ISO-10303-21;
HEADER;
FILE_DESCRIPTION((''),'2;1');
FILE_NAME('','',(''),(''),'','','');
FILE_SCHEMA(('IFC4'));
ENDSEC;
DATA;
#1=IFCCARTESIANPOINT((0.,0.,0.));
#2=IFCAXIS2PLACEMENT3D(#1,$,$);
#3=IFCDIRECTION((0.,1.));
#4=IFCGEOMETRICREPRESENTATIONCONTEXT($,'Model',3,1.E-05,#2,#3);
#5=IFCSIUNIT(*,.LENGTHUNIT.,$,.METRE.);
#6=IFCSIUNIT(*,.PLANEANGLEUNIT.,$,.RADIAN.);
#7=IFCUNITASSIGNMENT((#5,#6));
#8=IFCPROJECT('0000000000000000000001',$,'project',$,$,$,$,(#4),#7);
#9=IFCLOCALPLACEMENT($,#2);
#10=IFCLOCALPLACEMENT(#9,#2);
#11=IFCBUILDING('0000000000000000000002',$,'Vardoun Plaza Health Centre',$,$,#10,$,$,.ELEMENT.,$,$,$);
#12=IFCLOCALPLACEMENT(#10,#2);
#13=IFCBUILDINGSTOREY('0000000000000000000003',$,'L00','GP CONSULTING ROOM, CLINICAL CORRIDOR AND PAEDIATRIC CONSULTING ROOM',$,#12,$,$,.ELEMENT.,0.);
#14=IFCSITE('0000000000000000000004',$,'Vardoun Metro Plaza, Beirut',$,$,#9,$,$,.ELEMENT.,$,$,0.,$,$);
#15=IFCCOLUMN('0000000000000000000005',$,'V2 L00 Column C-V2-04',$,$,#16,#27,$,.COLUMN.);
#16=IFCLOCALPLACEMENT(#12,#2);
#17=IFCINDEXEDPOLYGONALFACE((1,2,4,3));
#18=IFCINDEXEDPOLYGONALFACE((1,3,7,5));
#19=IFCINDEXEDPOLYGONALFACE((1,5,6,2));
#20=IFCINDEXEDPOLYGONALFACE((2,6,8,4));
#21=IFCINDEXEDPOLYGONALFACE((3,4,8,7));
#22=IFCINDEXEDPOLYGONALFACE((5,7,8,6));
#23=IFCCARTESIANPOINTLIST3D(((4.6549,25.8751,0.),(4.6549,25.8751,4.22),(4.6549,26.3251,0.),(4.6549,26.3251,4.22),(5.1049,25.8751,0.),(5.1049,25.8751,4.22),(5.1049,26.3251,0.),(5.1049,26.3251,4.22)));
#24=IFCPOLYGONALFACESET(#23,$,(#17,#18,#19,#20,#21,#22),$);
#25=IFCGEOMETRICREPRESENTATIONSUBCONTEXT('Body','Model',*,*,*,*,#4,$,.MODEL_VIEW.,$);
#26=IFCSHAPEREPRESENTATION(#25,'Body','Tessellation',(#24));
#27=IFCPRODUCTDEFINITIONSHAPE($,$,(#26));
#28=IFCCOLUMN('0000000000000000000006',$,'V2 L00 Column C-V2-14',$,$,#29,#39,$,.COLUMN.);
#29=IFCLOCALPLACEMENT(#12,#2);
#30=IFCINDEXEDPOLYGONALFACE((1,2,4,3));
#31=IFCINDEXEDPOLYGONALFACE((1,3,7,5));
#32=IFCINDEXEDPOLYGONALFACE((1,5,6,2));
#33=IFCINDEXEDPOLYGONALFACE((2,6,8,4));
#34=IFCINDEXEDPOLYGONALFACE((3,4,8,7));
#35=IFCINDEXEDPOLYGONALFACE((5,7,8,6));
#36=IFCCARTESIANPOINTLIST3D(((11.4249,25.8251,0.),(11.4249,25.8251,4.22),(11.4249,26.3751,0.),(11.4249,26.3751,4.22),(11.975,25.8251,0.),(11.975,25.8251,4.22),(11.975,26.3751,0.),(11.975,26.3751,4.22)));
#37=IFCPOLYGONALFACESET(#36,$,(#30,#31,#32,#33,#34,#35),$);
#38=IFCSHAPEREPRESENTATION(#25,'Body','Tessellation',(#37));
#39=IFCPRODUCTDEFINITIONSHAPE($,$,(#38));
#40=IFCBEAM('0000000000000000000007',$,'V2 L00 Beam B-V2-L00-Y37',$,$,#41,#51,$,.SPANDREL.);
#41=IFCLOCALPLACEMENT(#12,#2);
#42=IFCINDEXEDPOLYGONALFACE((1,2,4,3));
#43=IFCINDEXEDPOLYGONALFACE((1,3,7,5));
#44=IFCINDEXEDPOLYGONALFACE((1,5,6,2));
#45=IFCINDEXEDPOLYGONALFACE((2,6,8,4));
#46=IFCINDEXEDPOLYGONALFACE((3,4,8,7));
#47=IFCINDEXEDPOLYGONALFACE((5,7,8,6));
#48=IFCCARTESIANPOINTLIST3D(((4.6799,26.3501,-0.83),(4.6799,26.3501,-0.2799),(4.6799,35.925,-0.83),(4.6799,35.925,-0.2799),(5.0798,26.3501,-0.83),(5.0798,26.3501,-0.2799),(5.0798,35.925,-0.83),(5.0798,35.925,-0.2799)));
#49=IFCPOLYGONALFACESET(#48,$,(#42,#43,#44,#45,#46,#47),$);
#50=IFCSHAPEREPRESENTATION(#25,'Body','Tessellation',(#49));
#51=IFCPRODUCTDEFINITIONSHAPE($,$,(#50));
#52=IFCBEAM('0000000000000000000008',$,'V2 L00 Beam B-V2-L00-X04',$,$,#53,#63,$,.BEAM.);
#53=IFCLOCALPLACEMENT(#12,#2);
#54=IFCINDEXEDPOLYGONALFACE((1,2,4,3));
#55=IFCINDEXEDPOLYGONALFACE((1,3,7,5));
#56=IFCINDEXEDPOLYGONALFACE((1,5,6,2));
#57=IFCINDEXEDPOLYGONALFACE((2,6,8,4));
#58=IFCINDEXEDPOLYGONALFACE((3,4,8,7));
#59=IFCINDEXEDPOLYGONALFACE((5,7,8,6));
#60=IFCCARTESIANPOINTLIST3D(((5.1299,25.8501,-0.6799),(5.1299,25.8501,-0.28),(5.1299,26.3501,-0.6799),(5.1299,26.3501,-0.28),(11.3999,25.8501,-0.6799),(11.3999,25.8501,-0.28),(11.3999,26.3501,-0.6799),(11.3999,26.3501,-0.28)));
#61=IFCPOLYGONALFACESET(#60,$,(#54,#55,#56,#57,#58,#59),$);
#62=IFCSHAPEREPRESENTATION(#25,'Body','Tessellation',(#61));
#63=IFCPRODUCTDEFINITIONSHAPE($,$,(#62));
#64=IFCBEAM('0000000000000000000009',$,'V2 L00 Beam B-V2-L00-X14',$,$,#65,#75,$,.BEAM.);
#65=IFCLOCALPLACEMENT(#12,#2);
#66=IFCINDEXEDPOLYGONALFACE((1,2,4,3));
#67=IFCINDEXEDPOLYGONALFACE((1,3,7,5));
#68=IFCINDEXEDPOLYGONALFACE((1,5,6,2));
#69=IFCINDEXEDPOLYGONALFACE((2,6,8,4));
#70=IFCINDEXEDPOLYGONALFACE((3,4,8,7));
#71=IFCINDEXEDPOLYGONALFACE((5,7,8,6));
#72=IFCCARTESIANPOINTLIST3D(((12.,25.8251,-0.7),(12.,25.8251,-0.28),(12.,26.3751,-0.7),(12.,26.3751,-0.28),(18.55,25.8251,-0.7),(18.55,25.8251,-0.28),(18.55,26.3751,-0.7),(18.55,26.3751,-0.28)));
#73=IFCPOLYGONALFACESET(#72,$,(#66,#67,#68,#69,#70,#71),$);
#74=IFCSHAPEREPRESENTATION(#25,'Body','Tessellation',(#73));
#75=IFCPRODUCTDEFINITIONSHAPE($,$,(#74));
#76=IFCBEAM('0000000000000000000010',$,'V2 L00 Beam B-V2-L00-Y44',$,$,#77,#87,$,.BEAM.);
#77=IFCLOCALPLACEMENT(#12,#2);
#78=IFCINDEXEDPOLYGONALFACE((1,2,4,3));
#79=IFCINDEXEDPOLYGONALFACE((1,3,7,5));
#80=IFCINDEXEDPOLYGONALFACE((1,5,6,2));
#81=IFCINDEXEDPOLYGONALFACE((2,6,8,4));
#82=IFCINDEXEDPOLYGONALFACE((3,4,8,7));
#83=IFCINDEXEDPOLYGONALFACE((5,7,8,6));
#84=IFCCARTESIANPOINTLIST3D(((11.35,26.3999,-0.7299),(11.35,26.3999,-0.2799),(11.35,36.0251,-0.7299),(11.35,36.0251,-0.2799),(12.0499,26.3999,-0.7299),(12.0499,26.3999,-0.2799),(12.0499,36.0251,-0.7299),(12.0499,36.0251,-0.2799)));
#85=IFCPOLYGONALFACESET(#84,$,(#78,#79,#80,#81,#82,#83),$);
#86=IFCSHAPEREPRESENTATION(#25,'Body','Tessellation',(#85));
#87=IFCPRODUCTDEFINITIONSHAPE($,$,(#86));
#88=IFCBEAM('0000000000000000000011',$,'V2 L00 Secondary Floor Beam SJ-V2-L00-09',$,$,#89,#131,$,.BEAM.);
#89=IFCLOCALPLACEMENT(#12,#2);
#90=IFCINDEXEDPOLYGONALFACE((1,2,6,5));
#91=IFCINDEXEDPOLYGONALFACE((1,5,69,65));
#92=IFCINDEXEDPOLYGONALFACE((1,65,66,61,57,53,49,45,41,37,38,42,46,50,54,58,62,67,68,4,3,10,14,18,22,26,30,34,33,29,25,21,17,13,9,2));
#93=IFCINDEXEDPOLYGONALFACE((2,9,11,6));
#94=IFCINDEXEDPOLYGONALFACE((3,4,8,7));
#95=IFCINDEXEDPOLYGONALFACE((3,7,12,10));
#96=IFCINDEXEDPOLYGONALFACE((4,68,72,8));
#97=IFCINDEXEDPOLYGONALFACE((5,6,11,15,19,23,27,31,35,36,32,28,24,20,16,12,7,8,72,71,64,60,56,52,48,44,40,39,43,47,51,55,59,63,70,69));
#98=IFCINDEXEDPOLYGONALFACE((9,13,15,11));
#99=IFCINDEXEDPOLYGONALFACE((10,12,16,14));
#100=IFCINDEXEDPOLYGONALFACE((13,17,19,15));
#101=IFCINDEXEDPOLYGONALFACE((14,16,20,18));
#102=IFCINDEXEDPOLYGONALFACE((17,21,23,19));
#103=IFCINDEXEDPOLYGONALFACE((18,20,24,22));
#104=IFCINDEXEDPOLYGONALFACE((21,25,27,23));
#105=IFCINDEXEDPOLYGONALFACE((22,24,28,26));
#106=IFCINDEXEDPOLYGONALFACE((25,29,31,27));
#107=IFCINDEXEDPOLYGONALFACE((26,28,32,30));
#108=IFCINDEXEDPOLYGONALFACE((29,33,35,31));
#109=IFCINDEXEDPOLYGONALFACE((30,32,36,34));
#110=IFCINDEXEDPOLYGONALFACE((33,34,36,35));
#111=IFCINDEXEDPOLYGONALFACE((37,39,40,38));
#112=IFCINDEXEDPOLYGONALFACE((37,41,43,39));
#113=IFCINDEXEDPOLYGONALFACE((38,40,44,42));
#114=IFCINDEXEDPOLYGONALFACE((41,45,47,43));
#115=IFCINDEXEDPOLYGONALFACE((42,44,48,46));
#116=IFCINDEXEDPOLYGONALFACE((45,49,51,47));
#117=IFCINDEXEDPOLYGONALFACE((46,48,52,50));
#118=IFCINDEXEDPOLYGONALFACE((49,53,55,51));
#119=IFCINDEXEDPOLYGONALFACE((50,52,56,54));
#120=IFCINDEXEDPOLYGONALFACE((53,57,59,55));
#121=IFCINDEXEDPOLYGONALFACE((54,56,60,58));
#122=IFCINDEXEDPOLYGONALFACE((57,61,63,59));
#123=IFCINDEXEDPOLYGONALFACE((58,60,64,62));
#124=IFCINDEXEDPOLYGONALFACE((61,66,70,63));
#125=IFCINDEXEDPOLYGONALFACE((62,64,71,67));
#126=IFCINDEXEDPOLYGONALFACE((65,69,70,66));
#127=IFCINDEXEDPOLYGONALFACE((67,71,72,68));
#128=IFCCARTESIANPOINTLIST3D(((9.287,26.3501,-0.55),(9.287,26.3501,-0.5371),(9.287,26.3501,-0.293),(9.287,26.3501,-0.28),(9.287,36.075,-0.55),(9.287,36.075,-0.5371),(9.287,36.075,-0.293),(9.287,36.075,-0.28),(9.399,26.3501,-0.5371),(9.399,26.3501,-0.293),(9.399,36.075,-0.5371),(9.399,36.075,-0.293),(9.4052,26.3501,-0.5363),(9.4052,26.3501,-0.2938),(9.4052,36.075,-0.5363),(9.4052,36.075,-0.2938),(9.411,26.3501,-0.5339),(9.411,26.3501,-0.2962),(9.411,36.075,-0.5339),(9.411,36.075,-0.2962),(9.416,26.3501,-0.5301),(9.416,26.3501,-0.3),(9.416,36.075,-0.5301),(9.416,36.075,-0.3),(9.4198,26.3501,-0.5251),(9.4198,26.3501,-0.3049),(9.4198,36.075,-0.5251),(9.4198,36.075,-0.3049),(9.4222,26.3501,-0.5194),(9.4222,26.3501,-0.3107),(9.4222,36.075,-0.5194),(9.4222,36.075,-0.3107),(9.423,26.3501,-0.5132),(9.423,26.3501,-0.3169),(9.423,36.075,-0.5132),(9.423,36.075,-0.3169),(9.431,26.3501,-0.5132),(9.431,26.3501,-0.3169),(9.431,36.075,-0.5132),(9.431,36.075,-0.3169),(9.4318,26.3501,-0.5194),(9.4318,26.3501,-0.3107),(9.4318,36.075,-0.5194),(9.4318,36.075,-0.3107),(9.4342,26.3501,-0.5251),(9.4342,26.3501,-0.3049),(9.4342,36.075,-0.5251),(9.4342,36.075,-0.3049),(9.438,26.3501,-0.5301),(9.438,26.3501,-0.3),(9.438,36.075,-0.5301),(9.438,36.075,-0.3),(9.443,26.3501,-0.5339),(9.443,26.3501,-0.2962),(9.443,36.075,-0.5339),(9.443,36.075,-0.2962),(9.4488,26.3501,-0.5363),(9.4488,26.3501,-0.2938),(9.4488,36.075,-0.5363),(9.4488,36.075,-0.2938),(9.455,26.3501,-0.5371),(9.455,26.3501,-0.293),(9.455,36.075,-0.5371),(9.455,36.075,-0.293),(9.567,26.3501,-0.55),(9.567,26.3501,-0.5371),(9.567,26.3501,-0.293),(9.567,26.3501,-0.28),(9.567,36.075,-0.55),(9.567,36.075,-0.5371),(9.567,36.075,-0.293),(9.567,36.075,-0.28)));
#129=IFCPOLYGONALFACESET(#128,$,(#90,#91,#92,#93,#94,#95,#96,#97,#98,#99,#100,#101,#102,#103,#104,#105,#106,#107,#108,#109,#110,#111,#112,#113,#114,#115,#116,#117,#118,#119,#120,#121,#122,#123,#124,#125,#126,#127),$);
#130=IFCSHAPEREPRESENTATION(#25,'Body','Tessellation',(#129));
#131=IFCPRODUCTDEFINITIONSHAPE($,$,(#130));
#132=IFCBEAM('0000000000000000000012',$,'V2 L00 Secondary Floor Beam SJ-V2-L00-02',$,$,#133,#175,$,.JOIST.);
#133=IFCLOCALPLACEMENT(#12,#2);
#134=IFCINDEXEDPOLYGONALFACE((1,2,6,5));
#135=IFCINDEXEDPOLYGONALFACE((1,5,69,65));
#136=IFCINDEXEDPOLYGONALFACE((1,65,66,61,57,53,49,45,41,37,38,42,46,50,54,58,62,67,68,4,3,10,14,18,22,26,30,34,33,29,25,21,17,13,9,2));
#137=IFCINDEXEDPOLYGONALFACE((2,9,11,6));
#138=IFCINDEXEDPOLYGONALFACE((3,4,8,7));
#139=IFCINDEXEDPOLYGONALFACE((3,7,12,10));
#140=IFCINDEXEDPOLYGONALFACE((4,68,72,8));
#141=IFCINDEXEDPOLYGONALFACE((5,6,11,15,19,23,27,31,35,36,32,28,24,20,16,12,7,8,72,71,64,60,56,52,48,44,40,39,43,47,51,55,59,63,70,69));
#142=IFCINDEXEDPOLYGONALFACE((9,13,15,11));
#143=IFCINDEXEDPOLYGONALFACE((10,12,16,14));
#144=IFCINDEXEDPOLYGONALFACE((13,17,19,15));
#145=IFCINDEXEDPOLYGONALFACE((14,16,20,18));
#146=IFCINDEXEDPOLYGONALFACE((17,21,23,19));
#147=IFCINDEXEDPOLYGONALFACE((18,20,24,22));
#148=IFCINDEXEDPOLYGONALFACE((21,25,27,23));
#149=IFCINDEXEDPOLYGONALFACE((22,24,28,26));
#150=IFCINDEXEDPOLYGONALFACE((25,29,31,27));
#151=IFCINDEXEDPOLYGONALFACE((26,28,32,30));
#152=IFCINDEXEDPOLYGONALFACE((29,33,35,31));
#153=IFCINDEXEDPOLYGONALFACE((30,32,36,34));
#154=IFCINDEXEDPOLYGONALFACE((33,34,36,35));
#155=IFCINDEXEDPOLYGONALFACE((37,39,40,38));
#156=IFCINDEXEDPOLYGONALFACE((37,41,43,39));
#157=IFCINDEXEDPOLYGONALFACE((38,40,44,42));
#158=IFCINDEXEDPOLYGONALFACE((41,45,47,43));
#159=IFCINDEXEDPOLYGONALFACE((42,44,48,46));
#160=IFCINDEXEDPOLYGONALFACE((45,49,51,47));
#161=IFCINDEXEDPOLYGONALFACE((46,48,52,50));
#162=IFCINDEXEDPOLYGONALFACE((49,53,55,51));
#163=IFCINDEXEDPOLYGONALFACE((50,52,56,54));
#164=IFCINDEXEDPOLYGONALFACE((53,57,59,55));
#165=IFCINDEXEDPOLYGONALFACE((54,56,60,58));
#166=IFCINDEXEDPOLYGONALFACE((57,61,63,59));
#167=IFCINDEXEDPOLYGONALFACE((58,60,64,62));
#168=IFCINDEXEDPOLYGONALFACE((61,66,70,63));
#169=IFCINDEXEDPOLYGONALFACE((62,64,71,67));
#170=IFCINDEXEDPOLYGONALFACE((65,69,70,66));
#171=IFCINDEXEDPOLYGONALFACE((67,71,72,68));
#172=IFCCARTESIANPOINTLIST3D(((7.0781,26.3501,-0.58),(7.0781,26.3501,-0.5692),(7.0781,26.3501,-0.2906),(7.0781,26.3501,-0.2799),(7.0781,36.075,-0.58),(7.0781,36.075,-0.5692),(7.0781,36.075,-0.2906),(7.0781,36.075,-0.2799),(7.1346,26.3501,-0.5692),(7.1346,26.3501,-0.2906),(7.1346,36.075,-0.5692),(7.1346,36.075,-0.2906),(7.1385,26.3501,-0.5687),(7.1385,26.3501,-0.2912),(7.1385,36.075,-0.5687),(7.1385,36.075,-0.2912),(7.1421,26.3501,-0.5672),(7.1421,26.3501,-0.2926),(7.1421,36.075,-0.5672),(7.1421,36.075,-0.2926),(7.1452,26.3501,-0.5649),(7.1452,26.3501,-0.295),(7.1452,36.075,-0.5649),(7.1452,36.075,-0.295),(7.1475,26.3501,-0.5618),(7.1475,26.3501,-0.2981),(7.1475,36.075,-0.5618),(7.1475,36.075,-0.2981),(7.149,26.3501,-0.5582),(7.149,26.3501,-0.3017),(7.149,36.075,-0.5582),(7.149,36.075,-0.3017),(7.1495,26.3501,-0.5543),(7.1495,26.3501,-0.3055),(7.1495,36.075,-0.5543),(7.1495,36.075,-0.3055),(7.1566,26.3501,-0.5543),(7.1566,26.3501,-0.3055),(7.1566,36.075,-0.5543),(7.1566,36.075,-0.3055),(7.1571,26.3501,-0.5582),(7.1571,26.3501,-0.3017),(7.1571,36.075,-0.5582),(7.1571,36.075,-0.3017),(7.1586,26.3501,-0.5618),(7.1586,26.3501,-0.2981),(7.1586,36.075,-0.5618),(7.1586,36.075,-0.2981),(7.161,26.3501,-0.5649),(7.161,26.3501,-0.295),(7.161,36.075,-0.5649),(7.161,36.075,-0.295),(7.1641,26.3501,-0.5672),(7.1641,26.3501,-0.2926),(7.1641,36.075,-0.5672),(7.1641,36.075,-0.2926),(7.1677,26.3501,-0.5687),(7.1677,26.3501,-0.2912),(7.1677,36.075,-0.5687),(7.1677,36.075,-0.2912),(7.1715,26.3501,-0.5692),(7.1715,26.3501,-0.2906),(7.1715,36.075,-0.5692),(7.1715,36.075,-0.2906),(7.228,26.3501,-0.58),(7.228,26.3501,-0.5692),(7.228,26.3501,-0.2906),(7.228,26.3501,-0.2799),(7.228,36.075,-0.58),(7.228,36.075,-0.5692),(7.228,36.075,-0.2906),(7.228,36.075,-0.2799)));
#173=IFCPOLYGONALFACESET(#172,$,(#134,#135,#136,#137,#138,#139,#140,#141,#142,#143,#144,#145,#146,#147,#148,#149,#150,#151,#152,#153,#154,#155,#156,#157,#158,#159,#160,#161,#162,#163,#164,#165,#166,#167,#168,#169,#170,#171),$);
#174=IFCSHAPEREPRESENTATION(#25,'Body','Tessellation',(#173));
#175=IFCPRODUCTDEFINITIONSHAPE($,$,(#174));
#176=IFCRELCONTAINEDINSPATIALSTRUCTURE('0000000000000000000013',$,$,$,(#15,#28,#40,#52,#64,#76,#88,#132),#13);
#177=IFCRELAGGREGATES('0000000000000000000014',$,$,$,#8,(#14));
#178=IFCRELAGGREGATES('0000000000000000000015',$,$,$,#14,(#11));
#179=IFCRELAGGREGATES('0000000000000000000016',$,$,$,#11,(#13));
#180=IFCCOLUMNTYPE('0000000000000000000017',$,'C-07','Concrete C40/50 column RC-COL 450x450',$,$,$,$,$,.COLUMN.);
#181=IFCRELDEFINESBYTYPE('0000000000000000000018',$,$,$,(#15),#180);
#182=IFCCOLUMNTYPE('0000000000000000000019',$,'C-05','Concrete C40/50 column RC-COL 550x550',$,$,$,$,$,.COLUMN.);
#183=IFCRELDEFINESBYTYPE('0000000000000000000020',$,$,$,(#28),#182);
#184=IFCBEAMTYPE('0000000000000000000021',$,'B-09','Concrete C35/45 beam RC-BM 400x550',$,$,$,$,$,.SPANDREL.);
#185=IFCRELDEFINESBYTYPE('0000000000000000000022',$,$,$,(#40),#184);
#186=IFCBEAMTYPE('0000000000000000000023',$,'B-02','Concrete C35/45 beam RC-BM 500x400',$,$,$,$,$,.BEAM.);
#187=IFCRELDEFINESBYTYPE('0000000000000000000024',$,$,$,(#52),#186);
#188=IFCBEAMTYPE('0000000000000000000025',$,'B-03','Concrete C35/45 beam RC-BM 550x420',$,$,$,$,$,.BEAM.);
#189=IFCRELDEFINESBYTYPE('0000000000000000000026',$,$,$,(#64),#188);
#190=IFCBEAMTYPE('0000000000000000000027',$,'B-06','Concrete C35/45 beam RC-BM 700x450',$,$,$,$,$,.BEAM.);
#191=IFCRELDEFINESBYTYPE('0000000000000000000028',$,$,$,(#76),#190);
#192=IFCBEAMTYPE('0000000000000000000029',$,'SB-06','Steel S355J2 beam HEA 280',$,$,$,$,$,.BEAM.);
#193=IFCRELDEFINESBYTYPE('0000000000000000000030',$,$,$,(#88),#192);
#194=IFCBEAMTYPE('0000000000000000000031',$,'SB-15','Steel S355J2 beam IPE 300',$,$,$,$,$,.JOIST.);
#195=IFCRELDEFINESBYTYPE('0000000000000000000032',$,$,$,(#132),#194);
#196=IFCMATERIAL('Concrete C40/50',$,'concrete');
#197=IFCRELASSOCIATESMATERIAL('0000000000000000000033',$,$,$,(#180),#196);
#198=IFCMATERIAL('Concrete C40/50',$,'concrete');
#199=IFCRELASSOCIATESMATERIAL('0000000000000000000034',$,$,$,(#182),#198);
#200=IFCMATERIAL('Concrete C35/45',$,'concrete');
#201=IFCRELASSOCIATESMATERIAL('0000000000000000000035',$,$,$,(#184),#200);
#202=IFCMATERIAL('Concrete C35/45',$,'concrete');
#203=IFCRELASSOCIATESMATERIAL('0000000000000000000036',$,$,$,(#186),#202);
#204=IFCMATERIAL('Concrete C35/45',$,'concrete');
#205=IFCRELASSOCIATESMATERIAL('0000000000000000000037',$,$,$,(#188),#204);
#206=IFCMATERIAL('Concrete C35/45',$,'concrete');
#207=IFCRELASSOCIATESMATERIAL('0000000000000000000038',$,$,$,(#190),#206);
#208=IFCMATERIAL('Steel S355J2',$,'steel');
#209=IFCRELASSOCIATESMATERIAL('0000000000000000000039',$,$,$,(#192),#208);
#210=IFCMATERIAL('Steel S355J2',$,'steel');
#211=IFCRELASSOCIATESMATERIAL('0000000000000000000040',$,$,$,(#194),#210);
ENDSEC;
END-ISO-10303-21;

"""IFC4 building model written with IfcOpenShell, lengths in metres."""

from ifc_helpers import new_model, si_unit, direction, frame, origin, origin_2d, place, context, subcontext, project, spatial, rectangle, i_section, extrude, material, material_profile, profile_set, type_object, element, save


model = new_model("IFC4")

# Units and contexts
model_context = context("Model", 3, precision=1e-05, world=origin(), true_north=direction((0.0, 1.0)))
body_context = subcontext(model_context, "Body", "Model", "MODEL_VIEW")
ifc_project = project(units=[si_unit("LENGTHUNIT", "METRE"), si_unit("PLANEANGLEUNIT", "RADIAN")], contexts=[model_context])

# Site, building, storey
site_placement = place(None, origin())
site = spatial("IfcSite", under=ifc_project, at=site_placement, Name="Vardoun Metro Plaza, Beirut", CompositionType="ELEMENT", RefElevation=0.0)
building_placement = place(site_placement, origin())
building = spatial("IfcBuilding", under=site, at=building_placement, Name="Vardoun Plaza Health Centre", CompositionType="ELEMENT")
storey_placement = place(building_placement, origin())
storey = spatial("IfcBuildingStorey", under=building, at=storey_placement, Name="L00", Description="GP CONSULTING ROOM, CLINICAL CORRIDOR AND PAEDIATRIC CONSULTING ROOM", CompositionType="ELEMENT", Elevation=0.0)

# Columns
ifc_material_1 = material(Name="Concrete C40/50", Category="concrete")
ifc_material_profile_1 = material_profile(ifc_material_1, rectangle(XDim=0.45, YDim=0.45, at=origin_2d()), Name="RC-COL 450x450")
ifc_profile_set_1 = profile_set([ifc_material_profile_1], Name="Concrete C40/50")
column_type_1 = type_object("IfcColumnType", Name="C-07", Description="Concrete C40/50 column RC-COL 450x450", PredefinedType="COLUMN", material=ifc_profile_set_1)
column_1_placement = place(storey_placement, frame((4.8799, 26.1001, 0.0), z_axis=(0.0, 0.0, 1.0), x_axis=(1.0, 0.0, 0.0)))
element("IfcColumn", 1, at=column_1_placement, inside=storey, type_object=column_type_1, Name="V2 L00 Column C-V2-04", PredefinedType="COLUMN", context=body_context, shape_type="SweptSolid", body=[
    extrude(rectangle(XDim=0.45, YDim=0.45, at=origin_2d()), origin(), (0.0, 0.0, 1.0), 4.22),
])
ifc_material_2 = material(Name="Concrete C40/50", Category="concrete")
ifc_material_profile_2 = material_profile(ifc_material_2, rectangle(XDim=0.55, YDim=0.55, at=origin_2d()), Name="RC-COL 550x550")
ifc_profile_set_2 = profile_set([ifc_material_profile_2], Name="Concrete C40/50")
column_type_2 = type_object("IfcColumnType", Name="C-05", Description="Concrete C40/50 column RC-COL 550x550", PredefinedType="COLUMN", material=ifc_profile_set_2)
column_2_placement = place(storey_placement, frame((11.7, 26.1001, 0.0), z_axis=(0.0, 0.0, 1.0), x_axis=(1.0, 0.0, 0.0)))
element("IfcColumn", 2, at=column_2_placement, inside=storey, type_object=column_type_2, Name="V2 L00 Column C-V2-14", PredefinedType="COLUMN", context=body_context, shape_type="SweptSolid", body=[
    extrude(rectangle(XDim=0.55, YDim=0.55, at=origin_2d()), origin(), (0.0, 0.0, 1.0), 4.22),
])

# Beams
ifc_material_3 = material(Name="Concrete C35/45", Category="concrete")
ifc_material_profile_3 = material_profile(ifc_material_3, rectangle(XDim=0.3999, YDim=0.55, at=origin_2d()), Name="RC-BM 400x550")
ifc_profile_set_3 = profile_set([ifc_material_profile_3], Name="Concrete C35/45")
beam_type_1 = type_object("IfcBeamType", Name="B-09", Description="Concrete C35/45 beam RC-BM 400x550", PredefinedType="SPANDREL", material=ifc_profile_set_3)
beam_1_placement = place(storey_placement, frame((4.8799, 26.3501, -0.5549), z_axis=(0.0, 1.0, 0.0), x_axis=(-1.0, 0.0, 0.0)))
element("IfcBeam", 3, at=beam_1_placement, inside=storey, type_object=beam_type_1, Name="V2 L00 Beam B-V2-L00-Y37", PredefinedType="SPANDREL", context=body_context, shape_type="SweptSolid", body=[
    extrude(rectangle(XDim=0.3999, YDim=0.55, at=origin_2d()), origin(), (0.0, 0.0, 1.0), 9.575),
])
ifc_material_4 = material(Name="Concrete C35/45", Category="concrete")
ifc_material_profile_4 = material_profile(ifc_material_4, rectangle(XDim=0.5, YDim=0.3999, at=origin_2d()), Name="RC-BM 500x400")
ifc_profile_set_4 = profile_set([ifc_material_profile_4], Name="Concrete C35/45")
beam_type_2 = type_object("IfcBeamType", Name="B-02", Description="Concrete C35/45 beam RC-BM 500x400", PredefinedType="BEAM", material=ifc_profile_set_4)
beam_2_placement = place(storey_placement, frame((5.1299, 26.1001, -0.48), z_axis=(1.0, 0.0, 0.0), x_axis=(0.0, 1.0, 0.0)))
element("IfcBeam", 4, at=beam_2_placement, inside=storey, type_object=beam_type_2, Name="V2 L00 Beam B-V2-L00-X04", PredefinedType="BEAM", context=body_context, shape_type="SweptSolid", body=[
    extrude(rectangle(XDim=0.5, YDim=0.3999, at=origin_2d()), origin(), (0.0, 0.0, 1.0), 6.27),
])
ifc_material_5 = material(Name="Concrete C35/45", Category="concrete")
ifc_material_profile_5 = material_profile(ifc_material_5, rectangle(XDim=0.55, YDim=0.4199, at=origin_2d()), Name="RC-BM 550x420")
ifc_profile_set_5 = profile_set([ifc_material_profile_5], Name="Concrete C35/45")
beam_type_3 = type_object("IfcBeamType", Name="B-03", Description="Concrete C35/45 beam RC-BM 550x420", PredefinedType="BEAM", material=ifc_profile_set_5)
beam_3_placement = place(storey_placement, frame((12.0, 26.1001, -0.49), z_axis=(1.0, 0.0, 0.0), x_axis=(0.0, 1.0, 0.0)))
element("IfcBeam", 5, at=beam_3_placement, inside=storey, type_object=beam_type_3, Name="V2 L00 Beam B-V2-L00-X14", PredefinedType="BEAM", context=body_context, shape_type="SweptSolid", body=[
    extrude(rectangle(XDim=0.55, YDim=0.4199, at=origin_2d()), origin(), (0.0, 0.0, 1.0), 6.55),
])
ifc_material_6 = material(Name="Concrete C35/45", Category="concrete")
ifc_material_profile_6 = material_profile(ifc_material_6, rectangle(XDim=0.7, YDim=0.45, at=origin_2d()), Name="RC-BM 700x450")
ifc_profile_set_6 = profile_set([ifc_material_profile_6], Name="Concrete C35/45")
beam_type_4 = type_object("IfcBeamType", Name="B-06", Description="Concrete C35/45 beam RC-BM 700x450", PredefinedType="BEAM", material=ifc_profile_set_6)
beam_4_placement = place(storey_placement, frame((11.7, 26.3999, -0.5049), z_axis=(0.0, 1.0, 0.0), x_axis=(-1.0, 0.0, 0.0)))
element("IfcBeam", 6, at=beam_4_placement, inside=storey, type_object=beam_type_4, Name="V2 L00 Beam B-V2-L00-Y44", PredefinedType="BEAM", context=body_context, shape_type="SweptSolid", body=[
    extrude(rectangle(XDim=0.7, YDim=0.45, at=origin_2d()), origin(), (0.0, 0.0, 1.0), 9.6252),
])
ifc_material_7 = material(Name="Steel S355J2", Category="steel")
ifc_material_profile_7 = material_profile(ifc_material_7, i_section(OverallWidth=0.28, OverallDepth=0.27, WebThickness=0.0081, FlangeThickness=0.0129, FilletRadius=0.0239, at=origin_2d()), Name="HEA 280")
ifc_profile_set_7 = profile_set([ifc_material_profile_7], Name="Steel S355J2")
beam_type_5 = type_object("IfcBeamType", Name="SB-06", Description="Steel S355J2 beam HEA 280", PredefinedType="BEAM", material=ifc_profile_set_7)
beam_5_placement = place(storey_placement, frame((9.427, 26.3501, -0.415), z_axis=(0.0, 1.0, 0.0), x_axis=(-1.0, 0.0, 0.0)))
element("IfcBeam", 7, at=beam_5_placement, inside=storey, type_object=beam_type_5, Name="V2 L00 Secondary Floor Beam SJ-V2-L00-09", PredefinedType="BEAM", context=body_context, shape_type="SweptSolid", body=[
    extrude(i_section(OverallWidth=0.28, OverallDepth=0.27, WebThickness=0.0081, FlangeThickness=0.0129, FilletRadius=0.0239, at=origin_2d()), origin(), (0.0, 0.0, 1.0), 9.7249),
])
ifc_material_8 = material(Name="Steel S355J2", Category="steel")
ifc_material_profile_8 = material_profile(ifc_material_8, i_section(OverallWidth=0.1499, OverallDepth=0.3, WebThickness=0.0071, FlangeThickness=0.0107, FilletRadius=0.0149, at=origin_2d()), Name="IPE 300")
ifc_profile_set_8 = profile_set([ifc_material_profile_8], Name="Steel S355J2")
beam_type_6 = type_object("IfcBeamType", Name="SB-15", Description="Steel S355J2 beam IPE 300", PredefinedType="JOIST", material=ifc_profile_set_8)
beam_6_placement = place(storey_placement, frame((7.1531, 26.3501, -0.4299), z_axis=(0.0, 1.0, 0.0), x_axis=(-1.0, 0.0, 0.0)))
element("IfcBeam", 8, at=beam_6_placement, inside=storey, type_object=beam_type_6, Name="V2 L00 Secondary Floor Beam SJ-V2-L00-02", PredefinedType="JOIST", context=body_context, shape_type="SweptSolid", body=[
    extrude(i_section(OverallWidth=0.1499, OverallDepth=0.3, WebThickness=0.0071, FlangeThickness=0.0107, FilletRadius=0.0149, at=origin_2d()), origin(), (0.0, 0.0, 1.0), 9.7249),
])

save(model, "model.ifc")
